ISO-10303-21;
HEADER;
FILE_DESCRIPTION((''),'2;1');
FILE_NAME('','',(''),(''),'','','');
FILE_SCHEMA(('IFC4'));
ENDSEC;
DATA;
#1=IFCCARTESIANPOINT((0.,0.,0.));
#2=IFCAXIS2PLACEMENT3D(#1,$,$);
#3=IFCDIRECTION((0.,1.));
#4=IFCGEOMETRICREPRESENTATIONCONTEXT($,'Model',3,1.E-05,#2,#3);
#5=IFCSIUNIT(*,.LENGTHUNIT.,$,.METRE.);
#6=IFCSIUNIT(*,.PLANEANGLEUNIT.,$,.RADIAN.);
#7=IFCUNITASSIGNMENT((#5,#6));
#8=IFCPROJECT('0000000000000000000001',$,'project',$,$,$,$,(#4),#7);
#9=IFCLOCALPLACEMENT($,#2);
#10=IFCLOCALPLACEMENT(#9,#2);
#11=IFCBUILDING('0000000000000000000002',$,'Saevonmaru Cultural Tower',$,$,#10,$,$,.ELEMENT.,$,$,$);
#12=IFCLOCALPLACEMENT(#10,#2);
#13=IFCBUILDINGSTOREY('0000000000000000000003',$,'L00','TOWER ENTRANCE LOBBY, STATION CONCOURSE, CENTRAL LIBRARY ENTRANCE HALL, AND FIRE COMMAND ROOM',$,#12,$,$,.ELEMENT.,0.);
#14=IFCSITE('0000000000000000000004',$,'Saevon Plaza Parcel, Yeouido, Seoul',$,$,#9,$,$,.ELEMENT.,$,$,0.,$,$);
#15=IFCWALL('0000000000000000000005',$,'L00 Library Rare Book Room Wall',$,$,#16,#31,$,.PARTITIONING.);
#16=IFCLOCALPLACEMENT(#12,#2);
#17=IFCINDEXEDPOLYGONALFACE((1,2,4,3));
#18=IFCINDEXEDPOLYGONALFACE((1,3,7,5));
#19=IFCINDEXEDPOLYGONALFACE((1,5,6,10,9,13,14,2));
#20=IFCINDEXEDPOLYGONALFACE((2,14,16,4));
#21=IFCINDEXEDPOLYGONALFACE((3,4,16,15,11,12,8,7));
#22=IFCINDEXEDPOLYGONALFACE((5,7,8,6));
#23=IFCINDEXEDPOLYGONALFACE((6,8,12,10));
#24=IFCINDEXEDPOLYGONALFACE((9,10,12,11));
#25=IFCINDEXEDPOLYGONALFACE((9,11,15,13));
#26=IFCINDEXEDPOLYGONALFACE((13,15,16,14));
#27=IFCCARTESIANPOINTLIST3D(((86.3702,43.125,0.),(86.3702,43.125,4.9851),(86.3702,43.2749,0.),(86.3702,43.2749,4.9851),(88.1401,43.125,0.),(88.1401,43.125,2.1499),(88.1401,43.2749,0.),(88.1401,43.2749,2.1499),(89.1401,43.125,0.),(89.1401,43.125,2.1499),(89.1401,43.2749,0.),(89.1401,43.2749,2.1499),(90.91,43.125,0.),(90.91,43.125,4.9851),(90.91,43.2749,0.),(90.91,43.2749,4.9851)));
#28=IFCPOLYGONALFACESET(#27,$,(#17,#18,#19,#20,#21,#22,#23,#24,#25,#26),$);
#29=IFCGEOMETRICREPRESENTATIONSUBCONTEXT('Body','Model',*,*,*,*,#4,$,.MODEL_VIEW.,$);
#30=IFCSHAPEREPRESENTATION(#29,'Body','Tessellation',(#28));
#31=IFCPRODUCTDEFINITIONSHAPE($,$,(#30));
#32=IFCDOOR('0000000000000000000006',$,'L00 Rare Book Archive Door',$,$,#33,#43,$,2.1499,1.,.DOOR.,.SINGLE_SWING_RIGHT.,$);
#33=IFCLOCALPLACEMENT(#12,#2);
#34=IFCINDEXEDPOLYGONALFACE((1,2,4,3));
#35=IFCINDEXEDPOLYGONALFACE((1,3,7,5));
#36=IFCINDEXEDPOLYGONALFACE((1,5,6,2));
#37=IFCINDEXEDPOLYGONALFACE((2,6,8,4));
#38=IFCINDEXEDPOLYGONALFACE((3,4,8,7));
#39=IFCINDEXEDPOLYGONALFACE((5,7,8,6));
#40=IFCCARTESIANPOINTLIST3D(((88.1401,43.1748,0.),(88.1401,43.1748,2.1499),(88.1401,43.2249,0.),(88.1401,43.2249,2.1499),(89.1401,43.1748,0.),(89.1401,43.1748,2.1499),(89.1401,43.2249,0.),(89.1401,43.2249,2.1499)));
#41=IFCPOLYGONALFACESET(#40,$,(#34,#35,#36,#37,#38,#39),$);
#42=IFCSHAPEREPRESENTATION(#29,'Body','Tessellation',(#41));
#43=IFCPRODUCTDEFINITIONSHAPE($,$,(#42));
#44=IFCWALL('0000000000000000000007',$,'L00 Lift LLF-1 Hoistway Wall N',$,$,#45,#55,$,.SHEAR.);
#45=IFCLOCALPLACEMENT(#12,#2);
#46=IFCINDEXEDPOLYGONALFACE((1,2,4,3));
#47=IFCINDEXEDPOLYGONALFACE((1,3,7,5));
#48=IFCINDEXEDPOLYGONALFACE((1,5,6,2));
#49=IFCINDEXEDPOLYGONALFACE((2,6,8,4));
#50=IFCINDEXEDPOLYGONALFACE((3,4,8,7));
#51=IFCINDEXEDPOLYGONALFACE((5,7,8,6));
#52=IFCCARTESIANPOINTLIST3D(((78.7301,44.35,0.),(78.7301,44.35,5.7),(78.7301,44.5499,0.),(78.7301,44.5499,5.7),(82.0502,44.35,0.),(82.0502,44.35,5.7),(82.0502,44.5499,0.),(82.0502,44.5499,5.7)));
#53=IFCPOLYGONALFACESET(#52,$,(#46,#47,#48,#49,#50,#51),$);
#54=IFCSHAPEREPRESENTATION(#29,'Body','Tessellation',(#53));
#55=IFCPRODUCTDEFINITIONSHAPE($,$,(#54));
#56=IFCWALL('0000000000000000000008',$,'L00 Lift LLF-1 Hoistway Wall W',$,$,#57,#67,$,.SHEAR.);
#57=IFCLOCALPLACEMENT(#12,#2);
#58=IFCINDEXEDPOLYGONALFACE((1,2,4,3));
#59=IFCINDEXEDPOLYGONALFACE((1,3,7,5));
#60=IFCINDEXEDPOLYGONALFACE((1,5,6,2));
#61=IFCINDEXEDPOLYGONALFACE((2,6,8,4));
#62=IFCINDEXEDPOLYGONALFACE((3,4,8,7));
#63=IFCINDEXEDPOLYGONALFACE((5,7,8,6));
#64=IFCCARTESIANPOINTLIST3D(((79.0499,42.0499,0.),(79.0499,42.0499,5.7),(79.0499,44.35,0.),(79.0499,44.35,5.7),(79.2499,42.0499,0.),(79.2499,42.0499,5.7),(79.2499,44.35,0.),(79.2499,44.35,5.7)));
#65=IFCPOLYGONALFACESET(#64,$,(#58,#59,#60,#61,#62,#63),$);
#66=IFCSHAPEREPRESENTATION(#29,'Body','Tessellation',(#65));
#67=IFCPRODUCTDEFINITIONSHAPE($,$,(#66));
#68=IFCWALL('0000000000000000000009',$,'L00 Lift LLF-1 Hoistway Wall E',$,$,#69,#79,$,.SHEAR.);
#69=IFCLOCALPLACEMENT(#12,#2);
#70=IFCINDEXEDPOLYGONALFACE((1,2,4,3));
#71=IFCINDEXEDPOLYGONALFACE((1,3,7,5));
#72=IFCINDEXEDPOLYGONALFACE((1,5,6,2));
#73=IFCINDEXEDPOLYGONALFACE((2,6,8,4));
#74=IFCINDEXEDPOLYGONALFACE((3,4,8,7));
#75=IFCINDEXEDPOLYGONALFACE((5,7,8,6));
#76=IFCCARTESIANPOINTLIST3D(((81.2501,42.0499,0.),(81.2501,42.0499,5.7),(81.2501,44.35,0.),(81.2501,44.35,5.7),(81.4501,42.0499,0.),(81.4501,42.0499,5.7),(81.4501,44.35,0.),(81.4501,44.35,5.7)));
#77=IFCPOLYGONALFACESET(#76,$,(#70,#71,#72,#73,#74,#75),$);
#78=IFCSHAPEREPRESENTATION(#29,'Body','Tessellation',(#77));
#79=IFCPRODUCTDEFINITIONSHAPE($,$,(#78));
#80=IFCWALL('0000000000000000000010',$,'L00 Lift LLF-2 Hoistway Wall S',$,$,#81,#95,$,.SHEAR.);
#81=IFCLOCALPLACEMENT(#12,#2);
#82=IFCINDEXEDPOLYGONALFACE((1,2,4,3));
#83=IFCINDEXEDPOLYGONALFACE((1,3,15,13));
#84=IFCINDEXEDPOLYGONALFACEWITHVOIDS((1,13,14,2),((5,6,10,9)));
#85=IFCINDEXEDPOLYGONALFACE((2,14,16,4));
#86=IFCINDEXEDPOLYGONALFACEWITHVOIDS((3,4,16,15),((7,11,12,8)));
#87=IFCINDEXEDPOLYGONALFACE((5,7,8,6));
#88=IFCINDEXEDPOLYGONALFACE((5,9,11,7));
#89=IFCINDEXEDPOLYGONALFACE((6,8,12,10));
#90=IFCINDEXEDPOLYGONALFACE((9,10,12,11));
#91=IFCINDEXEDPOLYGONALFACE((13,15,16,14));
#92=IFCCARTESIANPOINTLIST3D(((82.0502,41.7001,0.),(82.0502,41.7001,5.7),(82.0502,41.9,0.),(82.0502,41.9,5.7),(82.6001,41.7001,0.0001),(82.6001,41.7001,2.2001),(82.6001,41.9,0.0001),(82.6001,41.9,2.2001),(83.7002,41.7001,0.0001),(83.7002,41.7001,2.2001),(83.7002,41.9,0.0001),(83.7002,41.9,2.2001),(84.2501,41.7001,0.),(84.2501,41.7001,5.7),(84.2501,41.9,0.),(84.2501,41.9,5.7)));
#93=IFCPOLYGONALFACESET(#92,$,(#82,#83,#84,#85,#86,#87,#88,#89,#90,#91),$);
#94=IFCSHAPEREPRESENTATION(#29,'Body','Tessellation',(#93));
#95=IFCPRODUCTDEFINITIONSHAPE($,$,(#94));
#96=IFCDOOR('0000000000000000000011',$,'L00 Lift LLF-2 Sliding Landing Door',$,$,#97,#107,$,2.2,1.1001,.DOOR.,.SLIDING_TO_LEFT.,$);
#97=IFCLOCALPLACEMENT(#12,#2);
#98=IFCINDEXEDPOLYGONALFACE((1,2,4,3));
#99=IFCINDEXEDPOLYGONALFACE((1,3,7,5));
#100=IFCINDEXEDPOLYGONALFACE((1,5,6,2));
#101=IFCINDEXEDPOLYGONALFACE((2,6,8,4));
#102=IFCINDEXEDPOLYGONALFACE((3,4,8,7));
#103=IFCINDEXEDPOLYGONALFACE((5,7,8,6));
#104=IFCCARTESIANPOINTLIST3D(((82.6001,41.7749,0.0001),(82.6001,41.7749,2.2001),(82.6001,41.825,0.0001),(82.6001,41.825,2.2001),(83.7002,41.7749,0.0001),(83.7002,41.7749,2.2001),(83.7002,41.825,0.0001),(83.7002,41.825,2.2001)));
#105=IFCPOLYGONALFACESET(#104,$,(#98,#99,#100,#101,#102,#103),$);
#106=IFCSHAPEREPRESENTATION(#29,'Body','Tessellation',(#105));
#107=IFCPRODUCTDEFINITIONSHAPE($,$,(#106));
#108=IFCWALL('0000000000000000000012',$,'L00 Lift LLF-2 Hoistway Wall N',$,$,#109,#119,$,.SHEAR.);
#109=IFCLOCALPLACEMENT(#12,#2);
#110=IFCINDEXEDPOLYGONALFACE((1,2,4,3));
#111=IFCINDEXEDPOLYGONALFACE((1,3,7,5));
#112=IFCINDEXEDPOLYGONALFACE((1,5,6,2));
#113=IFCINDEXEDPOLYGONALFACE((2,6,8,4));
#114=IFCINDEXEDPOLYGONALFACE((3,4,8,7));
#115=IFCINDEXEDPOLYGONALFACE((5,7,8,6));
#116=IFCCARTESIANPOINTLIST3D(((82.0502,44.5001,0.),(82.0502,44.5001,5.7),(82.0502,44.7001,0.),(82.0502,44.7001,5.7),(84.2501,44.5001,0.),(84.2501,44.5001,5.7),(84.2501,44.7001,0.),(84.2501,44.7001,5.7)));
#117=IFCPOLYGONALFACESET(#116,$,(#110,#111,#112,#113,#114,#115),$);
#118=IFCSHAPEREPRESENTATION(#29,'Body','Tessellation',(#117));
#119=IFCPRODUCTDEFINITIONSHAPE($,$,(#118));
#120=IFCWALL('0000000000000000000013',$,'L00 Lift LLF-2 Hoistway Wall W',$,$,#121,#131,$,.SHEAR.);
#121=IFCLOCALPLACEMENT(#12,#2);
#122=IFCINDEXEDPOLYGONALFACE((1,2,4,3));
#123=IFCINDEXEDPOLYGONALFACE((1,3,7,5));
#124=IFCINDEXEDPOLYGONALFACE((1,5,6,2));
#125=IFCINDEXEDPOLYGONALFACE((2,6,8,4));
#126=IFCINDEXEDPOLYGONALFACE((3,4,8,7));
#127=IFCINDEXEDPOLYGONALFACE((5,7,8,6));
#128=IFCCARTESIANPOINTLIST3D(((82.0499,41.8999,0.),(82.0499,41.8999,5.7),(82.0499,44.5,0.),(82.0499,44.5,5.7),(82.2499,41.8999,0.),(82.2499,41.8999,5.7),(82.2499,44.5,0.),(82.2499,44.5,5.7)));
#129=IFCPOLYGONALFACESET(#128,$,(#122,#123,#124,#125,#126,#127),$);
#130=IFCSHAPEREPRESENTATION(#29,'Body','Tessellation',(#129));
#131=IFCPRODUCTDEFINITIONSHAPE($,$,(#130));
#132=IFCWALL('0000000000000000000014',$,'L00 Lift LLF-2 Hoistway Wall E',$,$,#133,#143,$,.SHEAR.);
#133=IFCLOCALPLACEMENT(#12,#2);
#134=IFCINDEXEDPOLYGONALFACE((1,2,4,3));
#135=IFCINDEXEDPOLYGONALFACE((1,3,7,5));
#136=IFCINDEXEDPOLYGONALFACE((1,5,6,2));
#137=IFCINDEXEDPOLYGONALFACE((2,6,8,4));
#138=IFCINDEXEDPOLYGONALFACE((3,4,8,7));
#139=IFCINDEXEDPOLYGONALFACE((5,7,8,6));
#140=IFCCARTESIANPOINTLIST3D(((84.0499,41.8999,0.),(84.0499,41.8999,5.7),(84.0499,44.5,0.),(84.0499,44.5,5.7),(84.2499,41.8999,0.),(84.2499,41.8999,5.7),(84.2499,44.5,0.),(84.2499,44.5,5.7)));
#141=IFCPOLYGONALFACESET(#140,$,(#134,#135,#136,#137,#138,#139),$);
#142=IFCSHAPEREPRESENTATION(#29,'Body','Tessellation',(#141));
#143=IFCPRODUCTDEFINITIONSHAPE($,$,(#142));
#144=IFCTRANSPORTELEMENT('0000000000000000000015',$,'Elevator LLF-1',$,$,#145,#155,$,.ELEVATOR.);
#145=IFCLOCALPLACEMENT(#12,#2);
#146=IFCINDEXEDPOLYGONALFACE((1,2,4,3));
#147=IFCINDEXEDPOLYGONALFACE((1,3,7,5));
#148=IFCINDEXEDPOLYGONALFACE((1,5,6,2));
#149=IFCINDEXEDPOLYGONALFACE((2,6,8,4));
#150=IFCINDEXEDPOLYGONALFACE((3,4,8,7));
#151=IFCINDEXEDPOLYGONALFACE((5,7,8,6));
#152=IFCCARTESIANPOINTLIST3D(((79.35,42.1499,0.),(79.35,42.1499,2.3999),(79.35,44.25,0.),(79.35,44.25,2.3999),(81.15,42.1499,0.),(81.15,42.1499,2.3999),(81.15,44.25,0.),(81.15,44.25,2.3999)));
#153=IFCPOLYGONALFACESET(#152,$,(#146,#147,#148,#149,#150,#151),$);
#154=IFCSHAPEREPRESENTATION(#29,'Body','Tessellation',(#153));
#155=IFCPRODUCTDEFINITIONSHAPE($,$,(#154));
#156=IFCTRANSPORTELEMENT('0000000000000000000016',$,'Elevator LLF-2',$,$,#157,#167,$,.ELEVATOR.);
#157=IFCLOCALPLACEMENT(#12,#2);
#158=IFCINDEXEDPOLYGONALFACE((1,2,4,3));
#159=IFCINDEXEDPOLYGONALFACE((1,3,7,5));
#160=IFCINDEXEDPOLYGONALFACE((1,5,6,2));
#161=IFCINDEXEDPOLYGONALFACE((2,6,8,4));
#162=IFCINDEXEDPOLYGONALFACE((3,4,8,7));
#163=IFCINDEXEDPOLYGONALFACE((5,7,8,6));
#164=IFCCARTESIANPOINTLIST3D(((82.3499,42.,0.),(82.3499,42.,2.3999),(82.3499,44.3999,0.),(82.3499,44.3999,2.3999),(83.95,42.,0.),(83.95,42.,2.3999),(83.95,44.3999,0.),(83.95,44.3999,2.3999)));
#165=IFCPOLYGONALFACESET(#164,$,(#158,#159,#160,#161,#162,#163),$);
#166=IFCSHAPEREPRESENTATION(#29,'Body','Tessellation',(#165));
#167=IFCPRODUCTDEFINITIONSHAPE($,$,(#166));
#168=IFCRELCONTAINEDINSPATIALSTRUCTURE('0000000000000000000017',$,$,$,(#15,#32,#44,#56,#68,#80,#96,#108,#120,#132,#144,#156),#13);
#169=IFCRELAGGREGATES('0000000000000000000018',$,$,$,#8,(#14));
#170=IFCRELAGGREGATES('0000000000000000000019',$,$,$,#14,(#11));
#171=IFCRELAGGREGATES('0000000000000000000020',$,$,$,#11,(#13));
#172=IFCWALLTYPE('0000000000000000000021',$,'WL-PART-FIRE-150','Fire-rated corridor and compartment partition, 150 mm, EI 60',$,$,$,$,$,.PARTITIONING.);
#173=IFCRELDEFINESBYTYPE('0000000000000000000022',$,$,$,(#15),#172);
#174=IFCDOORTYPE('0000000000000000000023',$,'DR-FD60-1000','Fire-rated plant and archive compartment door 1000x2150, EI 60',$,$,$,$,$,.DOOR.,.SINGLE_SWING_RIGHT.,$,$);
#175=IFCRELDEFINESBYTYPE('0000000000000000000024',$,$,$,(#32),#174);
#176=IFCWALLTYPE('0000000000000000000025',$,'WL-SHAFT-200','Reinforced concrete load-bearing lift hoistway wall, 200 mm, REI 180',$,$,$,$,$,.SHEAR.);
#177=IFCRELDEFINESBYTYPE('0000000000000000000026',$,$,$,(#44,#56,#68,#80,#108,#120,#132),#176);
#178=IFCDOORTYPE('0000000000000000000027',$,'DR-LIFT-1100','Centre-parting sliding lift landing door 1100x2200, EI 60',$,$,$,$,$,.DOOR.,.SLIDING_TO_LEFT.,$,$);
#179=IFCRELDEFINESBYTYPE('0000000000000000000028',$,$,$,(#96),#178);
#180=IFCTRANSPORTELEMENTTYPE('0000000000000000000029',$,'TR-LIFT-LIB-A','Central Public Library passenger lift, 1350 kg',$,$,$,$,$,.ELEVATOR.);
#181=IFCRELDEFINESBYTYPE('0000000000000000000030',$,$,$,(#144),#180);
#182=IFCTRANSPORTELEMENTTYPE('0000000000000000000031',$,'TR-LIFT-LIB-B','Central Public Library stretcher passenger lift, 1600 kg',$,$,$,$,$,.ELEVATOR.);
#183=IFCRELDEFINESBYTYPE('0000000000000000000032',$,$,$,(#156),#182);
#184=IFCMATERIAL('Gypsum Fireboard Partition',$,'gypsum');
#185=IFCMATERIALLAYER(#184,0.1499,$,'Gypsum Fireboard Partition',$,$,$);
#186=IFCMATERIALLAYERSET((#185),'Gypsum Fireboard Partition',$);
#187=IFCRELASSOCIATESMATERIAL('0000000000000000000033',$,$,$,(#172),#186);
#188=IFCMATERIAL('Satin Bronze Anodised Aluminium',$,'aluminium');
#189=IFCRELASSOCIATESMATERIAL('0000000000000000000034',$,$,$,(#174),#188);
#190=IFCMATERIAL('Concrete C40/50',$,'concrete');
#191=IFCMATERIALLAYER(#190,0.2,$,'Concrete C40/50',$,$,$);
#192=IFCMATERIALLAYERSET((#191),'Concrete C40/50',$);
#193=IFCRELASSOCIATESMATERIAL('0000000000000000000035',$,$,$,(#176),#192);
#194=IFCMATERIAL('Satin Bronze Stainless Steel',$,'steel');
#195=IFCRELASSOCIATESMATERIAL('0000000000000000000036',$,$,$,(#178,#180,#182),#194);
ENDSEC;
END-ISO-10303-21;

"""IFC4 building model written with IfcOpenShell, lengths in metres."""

from ifc_helpers import new_model, si_unit, direction, frame, frame_2d, origin, origin_2d, place, context, subcontext, project, spatial, rectangle, extrude, material, layer, layer_set, type_object, element, fill, save


model = new_model("IFC4")

# Units and contexts
model_context = context("Model", 3, precision=1e-05, world=origin(), true_north=direction((0.0, 1.0)))
body_context = subcontext(model_context, "Body", "Model", "MODEL_VIEW")
ifc_project = project(units=[si_unit("LENGTHUNIT", "METRE"), si_unit("PLANEANGLEUNIT", "RADIAN")], contexts=[model_context])

# Site, building, storey
site_placement = place(None, origin())
site = spatial("IfcSite", under=ifc_project, at=site_placement, Name="Saevon Plaza Parcel, Yeouido, Seoul", CompositionType="ELEMENT", RefElevation=0.0)
building_placement = place(site_placement, origin())
building = spatial("IfcBuilding", under=site, at=building_placement, Name="Saevonmaru Cultural Tower", CompositionType="ELEMENT")
storey_placement = place(building_placement, origin())
storey = spatial("IfcBuildingStorey", under=building, at=storey_placement, Name="L00", Description="TOWER ENTRANCE LOBBY, STATION CONCOURSE, CENTRAL LIBRARY ENTRANCE HALL, AND FIRE COMMAND ROOM", CompositionType="ELEMENT", Elevation=0.0)

# Wall, opening, door
ifc_material_1 = material(Name="Gypsum Fireboard Partition", Category="gypsum")
ifc_material_2 = material(Name="Satin Bronze Anodised Aluminium", Category="aluminium")
ifc_layer_1 = layer(ifc_material_1, 0.1499, Name="Gypsum Fireboard Partition")
ifc_layer_set_1 = layer_set([ifc_layer_1], Name="Gypsum Fireboard Partition")
wall_type_1 = type_object("IfcWallType", Name="WL-PART-FIRE-150", Description="Fire-rated corridor and compartment partition, 150 mm, EI 60", PredefinedType="PARTITIONING", material=ifc_layer_set_1)
wall_1_placement = place(storey_placement, frame((86.3701, 43.2, 0.0), z_axis=(0.0, 0.0, 1.0), x_axis=(1.0, 0.0, 0.0)))
wall_1 = element("IfcWall", 1, at=wall_1_placement, inside=storey, type_object=wall_type_1, Name="L00 Library Rare Book Room Wall", PredefinedType="PARTITIONING", context=body_context, shape_type="SweptSolid", body=[
    extrude(rectangle(XDim=4.5398, YDim=0.1499, at=frame_2d((2.27, 0.0))), origin(), (0.0, 0.0, 1.0), 4.9851),
])
opening_1_placement = place(wall_1_placement, frame((1.77, 0.0, 0.0)))
opening_1 = element("IfcOpeningElement", 2, at=opening_1_placement, cuts=wall_1, PredefinedType="OPENING", context=body_context, shape_type="SweptSolid", body=[
    extrude(rectangle(XDim=1.0, YDim=2.1499, at=frame_2d((0.5, 1.075))), frame((0.0, 0.085, 0.0), z_axis=(0.0, -1.0, 0.0), x_axis=(1.0, 0.0, 0.0)), (0.0, 0.0, 1.0), 0.1699),
])
door_type_1 = type_object("IfcDoorType", Name="DR-FD60-1000", Description="Fire-rated plant and archive compartment door 1000x2150, EI 60", OperationType="SINGLE_SWING_RIGHT", PredefinedType="DOOR", material=ifc_material_2)
door_1_placement = place(opening_1_placement, origin())
door_1 = element("IfcDoor", 3, at=door_1_placement, inside=storey, type_object=door_type_1, Name="L00 Rare Book Archive Door", OperationType="SINGLE_SWING_RIGHT", OverallHeight=2.1499, OverallWidth=1.0, PredefinedType="DOOR", context=body_context, shape_type="SweptSolid", body=[
    extrude(rectangle(XDim=1.0, YDim=2.1499, at=frame_2d((0.5, 1.075))), frame((0.0, 0.0249, 0.0), z_axis=(0.0, -1.0, 0.0), x_axis=(1.0, 0.0, 0.0)), (0.0, 0.0, 1.0), 0.05),
])
fill(opening_1, door_1)

# Walls
ifc_material_3 = material(Name="Concrete C40/50", Category="concrete")
ifc_layer_2 = layer(ifc_material_3, 0.2, Name="Concrete C40/50")
ifc_layer_set_2 = layer_set([ifc_layer_2], Name="Concrete C40/50")
wall_type_2 = type_object("IfcWallType", Name="WL-SHAFT-200", Description="Reinforced concrete load-bearing lift hoistway wall, 200 mm, REI 180", PredefinedType="SHEAR", material=ifc_layer_set_2)
wall_2_placement = place(storey_placement, frame((78.73, 44.45, 0.0), z_axis=(0.0, 0.0, 1.0), x_axis=(1.0, 0.0, 0.0)))
element("IfcWall", 4, at=wall_2_placement, inside=storey, type_object=wall_type_2, Name="L00 Lift LLF-1 Hoistway Wall N", PredefinedType="SHEAR", context=body_context, shape_type="SweptSolid", body=[
    extrude(rectangle(XDim=3.3201, YDim=0.2, at=frame_2d((1.6602, 0.0))), origin(), (0.0, 0.0, 1.0), 5.7),
])
for number, where, z_axis, x_axis, name in (
    (5, (79.1499, 42.05, 0.0), (0.0, 0.0, 1.0), (0.0, 1.0, 0.0), "L00 Lift LLF-1 Hoistway Wall W"),
    (6, (81.3501, 42.05, 0.0), (0.0, 0.0, 1.0), (0.0, 1.0, 0.0), "L00 Lift LLF-1 Hoistway Wall E"),
):
    element("IfcWall", number, at=place(storey_placement, frame(where, z_axis=z_axis, x_axis=x_axis)), inside=storey, type_object=wall_type_2, Name=name, PredefinedType="SHEAR", context=body_context, shape_type="SweptSolid", body=[
        extrude(rectangle(XDim=2.3, YDim=0.2, at=frame_2d((1.1499, 0.0))), origin(), (0.0, 0.0, 1.0), 5.7),
    ])

# Wall, opening, door
wall_3_placement = place(storey_placement, frame((82.05, 41.8, 0.0), z_axis=(0.0, 0.0, 1.0), x_axis=(1.0, 0.0, 0.0)))
wall_3 = element("IfcWall", 7, at=wall_3_placement, inside=storey, type_object=wall_type_2, Name="L00 Lift LLF-2 Hoistway Wall S", PredefinedType="SHEAR", context=body_context, shape_type="SweptSolid", body=[
    extrude(rectangle(XDim=2.2, YDim=0.2, at=frame_2d((1.1001, 0.0))), origin(), (0.0, 0.0, 1.0), 5.7),
])
opening_2_placement = place(wall_3_placement, frame((0.55, 0.0, 0.0)))
opening_2 = element("IfcOpeningElement", 8, at=opening_2_placement, cuts=wall_3, PredefinedType="OPENING", context=body_context, shape_type="SweptSolid", body=[
    extrude(rectangle(XDim=1.1001, YDim=2.2, at=frame_2d((0.55, 1.1001))), frame((0.0, 0.1099, 0.0), z_axis=(0.0, -1.0, 0.0), x_axis=(1.0, 0.0, 0.0)), (0.0, 0.0, 1.0), 0.22),
])
ifc_material_4 = material(Name="Satin Bronze Stainless Steel", Category="steel")
door_type_2 = type_object("IfcDoorType", Name="DR-LIFT-1100", Description="Centre-parting sliding lift landing door 1100x2200, EI 60", OperationType="SLIDING_TO_LEFT", PredefinedType="DOOR", material=ifc_material_4)
door_2_placement = place(opening_2_placement, origin())
door_2 = element("IfcDoor", 9, at=door_2_placement, inside=storey, type_object=door_type_2, Name="L00 Lift LLF-2 Sliding Landing Door", OperationType="SLIDING_TO_LEFT", OverallHeight=2.2, OverallWidth=1.1001, PredefinedType="DOOR", context=body_context, shape_type="SweptSolid", body=[
    extrude(rectangle(XDim=1.1001, YDim=2.2, at=frame_2d((0.55, 1.1001))), frame((0.0, 0.0249, 0.0), z_axis=(0.0, -1.0, 0.0), x_axis=(1.0, 0.0, 0.0)), (0.0, 0.0, 1.0), 0.05),
])
fill(opening_2, door_2)

# Walls
wall_4_placement = place(storey_placement, frame((82.05, 44.6001, 0.0), z_axis=(0.0, 0.0, 1.0), x_axis=(1.0, 0.0, 0.0)))
element("IfcWall", 10, at=wall_4_placement, inside=storey, type_object=wall_type_2, Name="L00 Lift LLF-2 Hoistway Wall N", PredefinedType="SHEAR", context=body_context, shape_type="SweptSolid", body=[
    extrude(rectangle(XDim=2.2, YDim=0.2, at=frame_2d((1.1001, 0.0))), origin(), (0.0, 0.0, 1.0), 5.7),
])
for number, where, z_axis, x_axis, name in (
    (11, (82.1499, 41.8999, 0.0), (0.0, 0.0, 1.0), (0.0, 1.0, 0.0), "L00 Lift LLF-2 Hoistway Wall W"),
    (12, (84.1499, 41.8999, 0.0), (0.0, 0.0, 1.0), (0.0, 1.0, 0.0), "L00 Lift LLF-2 Hoistway Wall E"),
):
    element("IfcWall", number, at=place(storey_placement, frame(where, z_axis=z_axis, x_axis=x_axis)), inside=storey, type_object=wall_type_2, Name=name, PredefinedType="SHEAR", context=body_context, shape_type="SweptSolid", body=[
        extrude(rectangle(XDim=2.6001, YDim=0.2, at=frame_2d((1.3, 0.0))), origin(), (0.0, 0.0, 1.0), 5.7),
    ])

# Transport elements
transport_element_type_1 = type_object("IfcTransportElementType", Name="TR-LIFT-LIB-A", Description="Central Public Library passenger lift, 1350 kg", PredefinedType="ELEVATOR", material=ifc_material_4)
transport_element_1_placement = place(storey_placement, frame((80.25, 43.2, 0.0), z_axis=(0.0, 0.0, 1.0), x_axis=(1.0, 0.0, 0.0)))
element("IfcTransportElement", 13, at=transport_element_1_placement, inside=storey, type_object=transport_element_type_1, Name="Elevator LLF-1", PredefinedType="ELEVATOR", context=body_context, shape_type="SweptSolid", body=[
    extrude(rectangle(XDim=1.8, YDim=2.1001, at=origin_2d()), origin(), (0.0, 0.0, 1.0), 2.3999),
])
transport_element_type_2 = type_object("IfcTransportElementType", Name="TR-LIFT-LIB-B", Description="Central Public Library stretcher passenger lift, 1600 kg", PredefinedType="ELEVATOR", material=ifc_material_4)
transport_element_2_placement = place(storey_placement, frame((83.1499, 43.2, 0.0), z_axis=(0.0, 0.0, 1.0), x_axis=(1.0, 0.0, 0.0)))
element("IfcTransportElement", 14, at=transport_element_2_placement, inside=storey, type_object=transport_element_type_2, Name="Elevator LLF-2", PredefinedType="ELEVATOR", context=body_context, shape_type="SweptSolid", body=[
    extrude(rectangle(XDim=1.6001, YDim=2.3999, at=origin_2d()), origin(), (0.0, 0.0, 1.0), 2.3999),
])

save(model, "model.ifc")
